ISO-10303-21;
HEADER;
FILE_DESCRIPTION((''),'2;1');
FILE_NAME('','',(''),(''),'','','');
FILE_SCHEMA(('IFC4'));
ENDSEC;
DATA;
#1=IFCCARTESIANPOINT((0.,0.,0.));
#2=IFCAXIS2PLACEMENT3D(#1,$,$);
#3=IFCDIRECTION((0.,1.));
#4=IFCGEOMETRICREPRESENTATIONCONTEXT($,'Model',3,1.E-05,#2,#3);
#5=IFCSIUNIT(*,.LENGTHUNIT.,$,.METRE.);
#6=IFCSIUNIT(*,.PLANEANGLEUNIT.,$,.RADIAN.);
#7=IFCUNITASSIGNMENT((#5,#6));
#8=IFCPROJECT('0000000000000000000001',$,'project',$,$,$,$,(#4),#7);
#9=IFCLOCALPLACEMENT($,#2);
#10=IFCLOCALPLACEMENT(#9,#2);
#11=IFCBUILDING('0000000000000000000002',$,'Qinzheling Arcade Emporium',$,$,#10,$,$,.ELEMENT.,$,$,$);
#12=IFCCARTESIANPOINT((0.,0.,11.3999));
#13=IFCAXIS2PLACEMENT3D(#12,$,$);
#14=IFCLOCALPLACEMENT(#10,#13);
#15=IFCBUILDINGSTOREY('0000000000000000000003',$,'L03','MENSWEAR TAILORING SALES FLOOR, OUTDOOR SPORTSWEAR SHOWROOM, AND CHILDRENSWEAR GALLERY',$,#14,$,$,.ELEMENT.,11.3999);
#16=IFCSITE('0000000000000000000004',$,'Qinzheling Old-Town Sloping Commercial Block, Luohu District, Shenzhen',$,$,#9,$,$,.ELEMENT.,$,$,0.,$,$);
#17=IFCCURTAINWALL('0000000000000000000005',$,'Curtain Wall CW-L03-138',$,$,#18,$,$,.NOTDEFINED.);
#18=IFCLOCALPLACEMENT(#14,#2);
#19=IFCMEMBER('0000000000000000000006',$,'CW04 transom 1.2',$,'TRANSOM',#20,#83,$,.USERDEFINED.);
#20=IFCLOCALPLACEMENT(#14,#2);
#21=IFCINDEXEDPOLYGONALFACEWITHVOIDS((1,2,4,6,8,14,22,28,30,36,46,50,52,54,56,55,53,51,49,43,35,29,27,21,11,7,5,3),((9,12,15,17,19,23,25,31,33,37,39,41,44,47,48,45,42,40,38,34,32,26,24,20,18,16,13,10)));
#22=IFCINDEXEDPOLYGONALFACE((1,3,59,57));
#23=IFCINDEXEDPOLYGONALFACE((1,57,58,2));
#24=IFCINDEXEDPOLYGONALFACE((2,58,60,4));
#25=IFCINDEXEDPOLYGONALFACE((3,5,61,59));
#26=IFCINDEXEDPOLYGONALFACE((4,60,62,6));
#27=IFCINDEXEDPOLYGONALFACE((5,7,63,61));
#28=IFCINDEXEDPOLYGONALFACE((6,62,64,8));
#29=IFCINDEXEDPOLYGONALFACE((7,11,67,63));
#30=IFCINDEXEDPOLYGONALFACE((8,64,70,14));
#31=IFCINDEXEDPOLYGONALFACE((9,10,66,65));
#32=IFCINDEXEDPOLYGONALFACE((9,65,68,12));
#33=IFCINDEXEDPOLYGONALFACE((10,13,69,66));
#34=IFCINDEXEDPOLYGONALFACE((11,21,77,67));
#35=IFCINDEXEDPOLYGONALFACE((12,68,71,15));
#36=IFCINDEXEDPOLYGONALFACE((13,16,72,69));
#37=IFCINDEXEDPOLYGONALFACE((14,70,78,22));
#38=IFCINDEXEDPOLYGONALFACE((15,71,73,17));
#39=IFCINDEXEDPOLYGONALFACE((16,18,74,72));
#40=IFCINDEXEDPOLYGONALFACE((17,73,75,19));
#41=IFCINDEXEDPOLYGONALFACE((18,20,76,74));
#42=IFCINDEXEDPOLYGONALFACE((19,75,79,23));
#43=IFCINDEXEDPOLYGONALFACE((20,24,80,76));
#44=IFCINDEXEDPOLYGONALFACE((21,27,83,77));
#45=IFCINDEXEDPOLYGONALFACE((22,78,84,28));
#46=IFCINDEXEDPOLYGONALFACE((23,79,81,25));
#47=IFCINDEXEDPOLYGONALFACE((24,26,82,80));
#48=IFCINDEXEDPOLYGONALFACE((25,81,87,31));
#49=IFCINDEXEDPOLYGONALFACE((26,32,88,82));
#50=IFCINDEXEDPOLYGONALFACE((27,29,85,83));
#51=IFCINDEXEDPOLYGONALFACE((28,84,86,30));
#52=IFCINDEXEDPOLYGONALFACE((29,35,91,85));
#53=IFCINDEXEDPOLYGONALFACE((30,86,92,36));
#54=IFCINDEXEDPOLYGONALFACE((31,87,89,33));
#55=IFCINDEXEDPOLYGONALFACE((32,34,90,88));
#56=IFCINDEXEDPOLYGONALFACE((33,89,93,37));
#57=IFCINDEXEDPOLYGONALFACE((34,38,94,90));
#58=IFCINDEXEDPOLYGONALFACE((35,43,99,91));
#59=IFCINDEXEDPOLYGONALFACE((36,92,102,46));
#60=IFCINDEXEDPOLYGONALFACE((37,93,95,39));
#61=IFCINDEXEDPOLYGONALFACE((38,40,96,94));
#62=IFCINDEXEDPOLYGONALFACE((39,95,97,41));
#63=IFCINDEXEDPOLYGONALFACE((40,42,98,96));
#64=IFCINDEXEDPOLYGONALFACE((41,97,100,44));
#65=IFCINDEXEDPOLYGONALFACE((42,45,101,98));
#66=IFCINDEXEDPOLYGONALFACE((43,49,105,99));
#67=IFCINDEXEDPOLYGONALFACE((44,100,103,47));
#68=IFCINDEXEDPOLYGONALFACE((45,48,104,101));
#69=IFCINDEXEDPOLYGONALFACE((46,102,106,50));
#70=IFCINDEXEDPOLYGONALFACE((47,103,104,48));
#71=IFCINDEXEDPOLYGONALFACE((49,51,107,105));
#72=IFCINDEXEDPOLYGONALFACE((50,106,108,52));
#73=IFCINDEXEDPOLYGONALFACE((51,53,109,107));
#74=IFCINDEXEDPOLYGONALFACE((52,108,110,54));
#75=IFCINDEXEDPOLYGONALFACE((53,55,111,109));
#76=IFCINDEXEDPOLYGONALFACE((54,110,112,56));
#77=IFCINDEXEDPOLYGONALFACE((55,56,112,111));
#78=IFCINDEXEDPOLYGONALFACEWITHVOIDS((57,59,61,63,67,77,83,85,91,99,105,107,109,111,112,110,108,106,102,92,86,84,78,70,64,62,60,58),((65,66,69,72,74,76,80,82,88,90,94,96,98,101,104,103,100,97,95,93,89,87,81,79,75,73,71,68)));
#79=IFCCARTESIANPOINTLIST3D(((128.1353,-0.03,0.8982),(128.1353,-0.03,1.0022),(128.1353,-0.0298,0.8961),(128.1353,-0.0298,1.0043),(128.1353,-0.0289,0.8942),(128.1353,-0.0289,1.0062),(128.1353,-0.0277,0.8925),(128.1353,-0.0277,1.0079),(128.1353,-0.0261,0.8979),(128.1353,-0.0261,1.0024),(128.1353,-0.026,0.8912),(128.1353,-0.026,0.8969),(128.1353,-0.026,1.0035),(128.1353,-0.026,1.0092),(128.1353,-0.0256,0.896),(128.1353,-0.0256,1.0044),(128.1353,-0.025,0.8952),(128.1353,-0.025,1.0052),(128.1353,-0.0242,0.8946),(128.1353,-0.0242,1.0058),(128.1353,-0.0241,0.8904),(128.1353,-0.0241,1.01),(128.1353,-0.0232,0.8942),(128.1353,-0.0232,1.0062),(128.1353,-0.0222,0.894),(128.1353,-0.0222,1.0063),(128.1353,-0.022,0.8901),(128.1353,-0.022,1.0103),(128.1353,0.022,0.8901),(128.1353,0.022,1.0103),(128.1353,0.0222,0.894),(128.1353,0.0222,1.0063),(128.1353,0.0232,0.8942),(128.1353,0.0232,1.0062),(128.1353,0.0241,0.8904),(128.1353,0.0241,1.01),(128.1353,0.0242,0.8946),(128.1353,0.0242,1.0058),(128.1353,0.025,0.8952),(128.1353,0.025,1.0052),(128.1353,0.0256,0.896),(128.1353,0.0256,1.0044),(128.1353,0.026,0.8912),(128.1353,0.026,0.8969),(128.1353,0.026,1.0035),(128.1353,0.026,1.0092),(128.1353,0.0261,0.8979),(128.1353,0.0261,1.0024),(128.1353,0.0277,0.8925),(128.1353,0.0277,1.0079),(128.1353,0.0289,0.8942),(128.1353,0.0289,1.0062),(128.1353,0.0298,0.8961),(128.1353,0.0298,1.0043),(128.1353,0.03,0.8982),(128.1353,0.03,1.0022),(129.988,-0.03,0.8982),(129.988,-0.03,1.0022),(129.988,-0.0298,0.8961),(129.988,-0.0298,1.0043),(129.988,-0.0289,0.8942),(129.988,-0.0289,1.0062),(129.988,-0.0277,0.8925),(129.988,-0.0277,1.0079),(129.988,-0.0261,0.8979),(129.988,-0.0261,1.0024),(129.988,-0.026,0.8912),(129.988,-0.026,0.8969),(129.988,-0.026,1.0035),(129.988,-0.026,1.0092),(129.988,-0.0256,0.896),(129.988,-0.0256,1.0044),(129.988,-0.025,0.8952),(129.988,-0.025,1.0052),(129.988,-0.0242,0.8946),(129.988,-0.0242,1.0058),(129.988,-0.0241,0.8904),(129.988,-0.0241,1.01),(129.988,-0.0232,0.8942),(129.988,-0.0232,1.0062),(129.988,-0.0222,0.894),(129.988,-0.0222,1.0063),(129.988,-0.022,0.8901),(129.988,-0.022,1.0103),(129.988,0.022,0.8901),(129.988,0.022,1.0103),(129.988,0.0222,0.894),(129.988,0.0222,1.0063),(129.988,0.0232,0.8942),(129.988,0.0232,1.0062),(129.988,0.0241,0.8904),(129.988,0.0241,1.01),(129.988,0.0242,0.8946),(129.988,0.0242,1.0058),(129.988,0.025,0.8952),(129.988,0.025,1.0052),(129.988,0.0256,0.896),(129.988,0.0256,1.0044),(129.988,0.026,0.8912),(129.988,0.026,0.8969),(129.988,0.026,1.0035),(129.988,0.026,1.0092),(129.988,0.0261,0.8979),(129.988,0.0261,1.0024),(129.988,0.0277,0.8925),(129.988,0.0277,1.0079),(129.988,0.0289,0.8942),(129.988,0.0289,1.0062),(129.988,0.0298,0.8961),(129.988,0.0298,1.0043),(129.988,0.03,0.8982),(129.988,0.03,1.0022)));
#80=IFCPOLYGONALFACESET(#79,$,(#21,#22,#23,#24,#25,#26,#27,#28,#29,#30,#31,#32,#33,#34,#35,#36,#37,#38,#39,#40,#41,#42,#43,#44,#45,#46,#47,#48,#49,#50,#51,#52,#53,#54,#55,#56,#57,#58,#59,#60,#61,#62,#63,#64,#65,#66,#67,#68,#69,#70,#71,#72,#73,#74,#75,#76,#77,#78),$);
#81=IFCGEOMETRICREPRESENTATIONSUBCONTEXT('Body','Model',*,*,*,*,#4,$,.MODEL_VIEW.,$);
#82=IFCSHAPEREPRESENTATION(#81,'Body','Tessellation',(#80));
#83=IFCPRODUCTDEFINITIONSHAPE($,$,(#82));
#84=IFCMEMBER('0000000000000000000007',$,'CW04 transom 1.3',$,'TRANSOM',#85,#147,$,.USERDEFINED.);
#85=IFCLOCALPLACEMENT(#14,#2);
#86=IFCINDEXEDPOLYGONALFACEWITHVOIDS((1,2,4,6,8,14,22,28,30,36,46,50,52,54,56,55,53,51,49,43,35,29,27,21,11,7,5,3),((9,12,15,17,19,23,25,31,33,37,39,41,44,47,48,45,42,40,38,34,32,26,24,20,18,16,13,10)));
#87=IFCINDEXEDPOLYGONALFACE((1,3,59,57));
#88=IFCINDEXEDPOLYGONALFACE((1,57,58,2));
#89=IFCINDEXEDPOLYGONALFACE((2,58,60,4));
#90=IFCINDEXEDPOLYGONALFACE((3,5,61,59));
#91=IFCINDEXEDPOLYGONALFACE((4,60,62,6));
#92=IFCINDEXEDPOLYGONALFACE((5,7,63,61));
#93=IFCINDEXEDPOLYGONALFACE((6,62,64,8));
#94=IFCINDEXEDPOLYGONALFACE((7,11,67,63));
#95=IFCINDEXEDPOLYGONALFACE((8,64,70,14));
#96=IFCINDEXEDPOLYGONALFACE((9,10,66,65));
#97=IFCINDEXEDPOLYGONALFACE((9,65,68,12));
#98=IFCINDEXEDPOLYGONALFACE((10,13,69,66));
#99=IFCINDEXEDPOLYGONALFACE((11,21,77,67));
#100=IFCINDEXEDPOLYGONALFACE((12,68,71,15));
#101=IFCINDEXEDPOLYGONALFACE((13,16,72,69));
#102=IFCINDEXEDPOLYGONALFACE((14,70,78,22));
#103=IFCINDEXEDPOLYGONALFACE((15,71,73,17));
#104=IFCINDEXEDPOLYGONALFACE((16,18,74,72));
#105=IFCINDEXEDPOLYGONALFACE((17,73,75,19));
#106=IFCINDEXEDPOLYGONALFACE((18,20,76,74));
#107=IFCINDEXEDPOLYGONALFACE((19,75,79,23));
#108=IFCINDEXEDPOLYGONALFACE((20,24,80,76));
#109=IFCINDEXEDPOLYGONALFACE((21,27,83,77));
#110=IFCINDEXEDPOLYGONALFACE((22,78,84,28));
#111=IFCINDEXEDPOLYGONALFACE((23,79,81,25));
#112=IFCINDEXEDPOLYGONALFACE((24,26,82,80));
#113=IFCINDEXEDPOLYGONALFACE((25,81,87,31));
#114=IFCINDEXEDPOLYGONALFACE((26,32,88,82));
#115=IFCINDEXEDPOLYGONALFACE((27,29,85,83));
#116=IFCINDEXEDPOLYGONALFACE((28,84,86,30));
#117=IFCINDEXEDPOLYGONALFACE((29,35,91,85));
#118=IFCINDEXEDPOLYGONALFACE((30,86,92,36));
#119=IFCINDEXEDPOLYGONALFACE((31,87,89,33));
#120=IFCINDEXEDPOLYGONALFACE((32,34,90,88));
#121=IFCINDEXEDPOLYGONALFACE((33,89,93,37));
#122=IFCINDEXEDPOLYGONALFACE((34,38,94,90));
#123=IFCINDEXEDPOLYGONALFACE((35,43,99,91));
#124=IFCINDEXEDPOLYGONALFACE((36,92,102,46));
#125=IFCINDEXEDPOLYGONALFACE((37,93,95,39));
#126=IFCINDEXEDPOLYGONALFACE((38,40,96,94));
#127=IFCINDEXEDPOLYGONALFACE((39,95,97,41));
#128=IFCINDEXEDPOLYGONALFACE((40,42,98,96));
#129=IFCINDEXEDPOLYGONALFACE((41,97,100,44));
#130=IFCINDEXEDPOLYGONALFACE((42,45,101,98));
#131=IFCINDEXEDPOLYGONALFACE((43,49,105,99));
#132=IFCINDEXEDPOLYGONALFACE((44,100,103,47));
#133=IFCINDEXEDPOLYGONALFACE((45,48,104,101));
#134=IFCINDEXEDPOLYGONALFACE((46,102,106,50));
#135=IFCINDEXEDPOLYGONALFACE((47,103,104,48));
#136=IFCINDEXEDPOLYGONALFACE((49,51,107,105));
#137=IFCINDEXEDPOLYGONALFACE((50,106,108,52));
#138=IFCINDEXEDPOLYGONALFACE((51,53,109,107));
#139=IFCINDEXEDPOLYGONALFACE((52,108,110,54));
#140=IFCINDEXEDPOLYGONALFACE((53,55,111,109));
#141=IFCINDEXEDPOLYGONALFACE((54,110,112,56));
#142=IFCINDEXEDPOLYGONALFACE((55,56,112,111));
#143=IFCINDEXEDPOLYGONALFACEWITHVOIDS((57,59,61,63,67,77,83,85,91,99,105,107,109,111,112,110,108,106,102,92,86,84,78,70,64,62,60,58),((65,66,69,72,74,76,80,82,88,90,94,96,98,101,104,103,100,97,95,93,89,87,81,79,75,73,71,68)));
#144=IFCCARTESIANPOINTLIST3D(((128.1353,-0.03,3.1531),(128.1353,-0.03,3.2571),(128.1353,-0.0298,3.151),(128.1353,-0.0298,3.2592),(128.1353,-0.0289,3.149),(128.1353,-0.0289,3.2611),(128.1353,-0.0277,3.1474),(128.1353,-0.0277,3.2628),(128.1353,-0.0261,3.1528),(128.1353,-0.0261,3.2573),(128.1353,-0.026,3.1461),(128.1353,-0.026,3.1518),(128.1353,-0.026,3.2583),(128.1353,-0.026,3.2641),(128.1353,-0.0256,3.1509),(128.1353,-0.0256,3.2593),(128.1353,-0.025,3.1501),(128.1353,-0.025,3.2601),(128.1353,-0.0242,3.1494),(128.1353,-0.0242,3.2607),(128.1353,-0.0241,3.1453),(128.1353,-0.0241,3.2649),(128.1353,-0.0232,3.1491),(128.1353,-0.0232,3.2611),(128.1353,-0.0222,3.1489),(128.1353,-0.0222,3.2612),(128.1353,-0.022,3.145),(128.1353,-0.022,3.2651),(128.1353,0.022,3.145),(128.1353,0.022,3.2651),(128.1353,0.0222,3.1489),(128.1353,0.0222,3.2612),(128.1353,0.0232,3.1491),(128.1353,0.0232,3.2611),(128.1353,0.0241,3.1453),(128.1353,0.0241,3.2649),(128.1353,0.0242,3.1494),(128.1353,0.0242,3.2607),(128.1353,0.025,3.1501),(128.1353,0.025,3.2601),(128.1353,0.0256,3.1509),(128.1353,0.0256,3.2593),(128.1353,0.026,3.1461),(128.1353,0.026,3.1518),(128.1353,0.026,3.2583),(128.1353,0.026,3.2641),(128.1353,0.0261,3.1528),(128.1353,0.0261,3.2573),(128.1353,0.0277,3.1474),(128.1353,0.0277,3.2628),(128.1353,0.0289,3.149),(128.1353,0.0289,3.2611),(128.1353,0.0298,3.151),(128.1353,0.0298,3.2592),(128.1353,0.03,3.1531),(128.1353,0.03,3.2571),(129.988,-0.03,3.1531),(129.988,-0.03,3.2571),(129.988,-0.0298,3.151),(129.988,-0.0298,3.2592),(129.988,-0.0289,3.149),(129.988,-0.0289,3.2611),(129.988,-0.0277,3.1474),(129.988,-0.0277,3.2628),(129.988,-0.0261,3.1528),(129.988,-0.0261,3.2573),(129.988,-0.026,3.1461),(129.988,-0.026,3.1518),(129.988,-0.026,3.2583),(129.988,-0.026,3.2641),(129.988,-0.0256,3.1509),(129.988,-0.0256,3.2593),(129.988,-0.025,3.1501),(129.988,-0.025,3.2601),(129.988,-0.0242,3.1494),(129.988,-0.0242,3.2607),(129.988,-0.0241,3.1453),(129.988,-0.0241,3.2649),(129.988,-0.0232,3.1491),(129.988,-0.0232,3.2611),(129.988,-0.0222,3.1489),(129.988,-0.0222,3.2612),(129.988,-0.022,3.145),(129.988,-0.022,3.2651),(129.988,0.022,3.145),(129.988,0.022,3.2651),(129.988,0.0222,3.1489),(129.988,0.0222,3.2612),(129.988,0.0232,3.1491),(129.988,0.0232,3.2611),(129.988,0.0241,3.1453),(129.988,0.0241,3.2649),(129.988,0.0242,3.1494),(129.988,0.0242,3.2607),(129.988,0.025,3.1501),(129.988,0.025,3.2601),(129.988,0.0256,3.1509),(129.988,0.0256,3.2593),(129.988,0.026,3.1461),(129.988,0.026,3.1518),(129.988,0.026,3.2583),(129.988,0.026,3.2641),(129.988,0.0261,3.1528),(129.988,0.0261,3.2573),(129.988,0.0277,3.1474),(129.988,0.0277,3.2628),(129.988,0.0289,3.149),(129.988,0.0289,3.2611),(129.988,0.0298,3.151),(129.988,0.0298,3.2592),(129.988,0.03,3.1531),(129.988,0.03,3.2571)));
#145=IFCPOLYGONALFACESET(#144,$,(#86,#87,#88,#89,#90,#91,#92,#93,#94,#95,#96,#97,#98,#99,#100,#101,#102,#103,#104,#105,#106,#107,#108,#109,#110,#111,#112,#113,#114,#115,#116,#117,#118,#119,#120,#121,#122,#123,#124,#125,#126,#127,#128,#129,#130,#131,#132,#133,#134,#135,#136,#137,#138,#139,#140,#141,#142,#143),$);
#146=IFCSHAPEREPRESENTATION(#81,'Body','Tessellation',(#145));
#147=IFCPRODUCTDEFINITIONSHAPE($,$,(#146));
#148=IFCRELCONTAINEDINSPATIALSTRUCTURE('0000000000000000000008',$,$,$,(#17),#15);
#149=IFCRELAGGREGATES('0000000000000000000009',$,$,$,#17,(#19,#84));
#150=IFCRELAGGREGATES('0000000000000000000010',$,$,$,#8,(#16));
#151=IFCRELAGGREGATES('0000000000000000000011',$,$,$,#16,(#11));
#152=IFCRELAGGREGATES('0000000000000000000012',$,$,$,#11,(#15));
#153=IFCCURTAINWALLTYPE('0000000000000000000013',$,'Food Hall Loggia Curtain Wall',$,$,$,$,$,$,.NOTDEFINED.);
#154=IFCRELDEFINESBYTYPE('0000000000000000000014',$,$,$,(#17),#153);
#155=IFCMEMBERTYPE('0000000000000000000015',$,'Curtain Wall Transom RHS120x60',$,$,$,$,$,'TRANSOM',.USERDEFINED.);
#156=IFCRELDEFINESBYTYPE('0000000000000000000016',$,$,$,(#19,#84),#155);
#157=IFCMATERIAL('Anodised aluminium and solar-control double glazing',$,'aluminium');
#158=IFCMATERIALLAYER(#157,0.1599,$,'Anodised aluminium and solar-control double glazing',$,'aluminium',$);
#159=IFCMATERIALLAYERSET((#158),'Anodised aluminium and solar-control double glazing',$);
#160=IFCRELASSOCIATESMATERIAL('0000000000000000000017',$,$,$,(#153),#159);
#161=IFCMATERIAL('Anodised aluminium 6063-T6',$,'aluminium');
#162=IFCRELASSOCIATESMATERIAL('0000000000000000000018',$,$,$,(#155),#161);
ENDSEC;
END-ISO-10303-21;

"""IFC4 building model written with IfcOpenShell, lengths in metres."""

from ifc_helpers import new_model, si_unit, direction, frame, origin, origin_2d, place, context, subcontext, project, spatial, hollow_rectangle, extrude, material, layer, layer_set, material_profile, profile_set, type_object, element, aggregate, save


model = new_model("IFC4")

# Units and contexts
model_context = context("Model", 3, precision=1e-05, world=origin(), true_north=direction((0.0, 1.0)))
body_context = subcontext(model_context, "Body", "Model", "MODEL_VIEW")
ifc_project = project(units=[si_unit("LENGTHUNIT", "METRE"), si_unit("PLANEANGLEUNIT", "RADIAN")], contexts=[model_context])

# Site, building, storey
site_placement = place(None, origin())
site = spatial("IfcSite", under=ifc_project, at=site_placement, Name="Qinzheling Old-Town Sloping Commercial Block, Luohu District, Shenzhen", CompositionType="ELEMENT", RefElevation=0.0)
building_placement = place(site_placement, origin())
building = spatial("IfcBuilding", under=site, at=building_placement, Name="Qinzheling Arcade Emporium", CompositionType="ELEMENT")
storey_placement = place(building_placement, frame((0.0, 0.0, 11.3999)))
storey = spatial("IfcBuildingStorey", under=building, at=storey_placement, Name="L03", Description="MENSWEAR TAILORING SALES FLOOR, OUTDOOR SPORTSWEAR SHOWROOM, AND CHILDRENSWEAR GALLERY", CompositionType="ELEMENT", Elevation=11.3999)

# Curtain wall, members
ifc_material_1 = material(Name="Anodised aluminium and solar-control double glazing", Category="aluminium")
ifc_layer_1 = layer(ifc_material_1, 0.1599, Name="Anodised aluminium and solar-control double glazing", Category="aluminium")
ifc_layer_set_1 = layer_set([ifc_layer_1], Name="Anodised aluminium and solar-control double glazing")
curtain_wall_type = type_object("IfcCurtainWallType", Name="Food Hall Loggia Curtain Wall", PredefinedType="NOTDEFINED", material=ifc_layer_set_1)
curtain_wall_placement = place(storey_placement, origin())
curtain_wall = element("IfcCurtainWall", 1, at=curtain_wall_placement, inside=storey, type_object=curtain_wall_type, Name="Curtain Wall CW-L03-138", PredefinedType="NOTDEFINED")
ifc_material_2 = material(Name="Anodised aluminium 6063-T6", Category="aluminium")
ifc_material_profile_1 = material_profile(ifc_material_2, hollow_rectangle(XDim=0.0601, YDim=0.1201, WallThickness=0.0039, InnerFilletRadius=0.0039, OuterFilletRadius=0.0081, at=origin_2d()), Name="RHS 120x60x4", Category="aluminium")
ifc_profile_set_1 = profile_set([ifc_material_profile_1], Name="Anodised aluminium 6063-T6")
member_type_1 = type_object("IfcMemberType", Name="Curtain Wall Transom RHS120x60", ElementType="TRANSOM", PredefinedType="USERDEFINED", material=ifc_profile_set_1)
member_1_placement = place(storey_placement, frame((129.988, 0.0, 0.9502), z_axis=(-1.0, 0.0, 0.0), x_axis=(0.0, -1.0, 0.0)))
member_1 = element("IfcMember", 2, at=member_1_placement, type_object=member_type_1, Name="CW04 transom 1.2", ObjectType="TRANSOM", PredefinedType="USERDEFINED", context=body_context, shape_type="SweptSolid", body=[
    extrude(hollow_rectangle(XDim=0.0601, YDim=0.1201, WallThickness=0.0039, InnerFilletRadius=0.0039, OuterFilletRadius=0.0081, at=origin_2d()), origin(), (0.0, 0.0, 1.0), 1.8528),
])
member_2_placement = place(storey_placement, frame((129.988, 0.0, 3.2051), z_axis=(-1.0, 0.0, 0.0), x_axis=(0.0, -1.0, 0.0)))
member_2 = element("IfcMember", 3, at=member_2_placement, type_object=member_type_1, Name="CW04 transom 1.3", ObjectType="TRANSOM", PredefinedType="USERDEFINED", context=body_context, shape_type="SweptSolid", body=[
    extrude(hollow_rectangle(XDim=0.0601, YDim=0.1201, WallThickness=0.0039, InnerFilletRadius=0.0039, OuterFilletRadius=0.0081, at=origin_2d()), origin(), (0.0, 0.0, 1.0), 1.8528),
])
aggregate(curtain_wall, [member_1, member_2])

save(model, "model.ifc")
